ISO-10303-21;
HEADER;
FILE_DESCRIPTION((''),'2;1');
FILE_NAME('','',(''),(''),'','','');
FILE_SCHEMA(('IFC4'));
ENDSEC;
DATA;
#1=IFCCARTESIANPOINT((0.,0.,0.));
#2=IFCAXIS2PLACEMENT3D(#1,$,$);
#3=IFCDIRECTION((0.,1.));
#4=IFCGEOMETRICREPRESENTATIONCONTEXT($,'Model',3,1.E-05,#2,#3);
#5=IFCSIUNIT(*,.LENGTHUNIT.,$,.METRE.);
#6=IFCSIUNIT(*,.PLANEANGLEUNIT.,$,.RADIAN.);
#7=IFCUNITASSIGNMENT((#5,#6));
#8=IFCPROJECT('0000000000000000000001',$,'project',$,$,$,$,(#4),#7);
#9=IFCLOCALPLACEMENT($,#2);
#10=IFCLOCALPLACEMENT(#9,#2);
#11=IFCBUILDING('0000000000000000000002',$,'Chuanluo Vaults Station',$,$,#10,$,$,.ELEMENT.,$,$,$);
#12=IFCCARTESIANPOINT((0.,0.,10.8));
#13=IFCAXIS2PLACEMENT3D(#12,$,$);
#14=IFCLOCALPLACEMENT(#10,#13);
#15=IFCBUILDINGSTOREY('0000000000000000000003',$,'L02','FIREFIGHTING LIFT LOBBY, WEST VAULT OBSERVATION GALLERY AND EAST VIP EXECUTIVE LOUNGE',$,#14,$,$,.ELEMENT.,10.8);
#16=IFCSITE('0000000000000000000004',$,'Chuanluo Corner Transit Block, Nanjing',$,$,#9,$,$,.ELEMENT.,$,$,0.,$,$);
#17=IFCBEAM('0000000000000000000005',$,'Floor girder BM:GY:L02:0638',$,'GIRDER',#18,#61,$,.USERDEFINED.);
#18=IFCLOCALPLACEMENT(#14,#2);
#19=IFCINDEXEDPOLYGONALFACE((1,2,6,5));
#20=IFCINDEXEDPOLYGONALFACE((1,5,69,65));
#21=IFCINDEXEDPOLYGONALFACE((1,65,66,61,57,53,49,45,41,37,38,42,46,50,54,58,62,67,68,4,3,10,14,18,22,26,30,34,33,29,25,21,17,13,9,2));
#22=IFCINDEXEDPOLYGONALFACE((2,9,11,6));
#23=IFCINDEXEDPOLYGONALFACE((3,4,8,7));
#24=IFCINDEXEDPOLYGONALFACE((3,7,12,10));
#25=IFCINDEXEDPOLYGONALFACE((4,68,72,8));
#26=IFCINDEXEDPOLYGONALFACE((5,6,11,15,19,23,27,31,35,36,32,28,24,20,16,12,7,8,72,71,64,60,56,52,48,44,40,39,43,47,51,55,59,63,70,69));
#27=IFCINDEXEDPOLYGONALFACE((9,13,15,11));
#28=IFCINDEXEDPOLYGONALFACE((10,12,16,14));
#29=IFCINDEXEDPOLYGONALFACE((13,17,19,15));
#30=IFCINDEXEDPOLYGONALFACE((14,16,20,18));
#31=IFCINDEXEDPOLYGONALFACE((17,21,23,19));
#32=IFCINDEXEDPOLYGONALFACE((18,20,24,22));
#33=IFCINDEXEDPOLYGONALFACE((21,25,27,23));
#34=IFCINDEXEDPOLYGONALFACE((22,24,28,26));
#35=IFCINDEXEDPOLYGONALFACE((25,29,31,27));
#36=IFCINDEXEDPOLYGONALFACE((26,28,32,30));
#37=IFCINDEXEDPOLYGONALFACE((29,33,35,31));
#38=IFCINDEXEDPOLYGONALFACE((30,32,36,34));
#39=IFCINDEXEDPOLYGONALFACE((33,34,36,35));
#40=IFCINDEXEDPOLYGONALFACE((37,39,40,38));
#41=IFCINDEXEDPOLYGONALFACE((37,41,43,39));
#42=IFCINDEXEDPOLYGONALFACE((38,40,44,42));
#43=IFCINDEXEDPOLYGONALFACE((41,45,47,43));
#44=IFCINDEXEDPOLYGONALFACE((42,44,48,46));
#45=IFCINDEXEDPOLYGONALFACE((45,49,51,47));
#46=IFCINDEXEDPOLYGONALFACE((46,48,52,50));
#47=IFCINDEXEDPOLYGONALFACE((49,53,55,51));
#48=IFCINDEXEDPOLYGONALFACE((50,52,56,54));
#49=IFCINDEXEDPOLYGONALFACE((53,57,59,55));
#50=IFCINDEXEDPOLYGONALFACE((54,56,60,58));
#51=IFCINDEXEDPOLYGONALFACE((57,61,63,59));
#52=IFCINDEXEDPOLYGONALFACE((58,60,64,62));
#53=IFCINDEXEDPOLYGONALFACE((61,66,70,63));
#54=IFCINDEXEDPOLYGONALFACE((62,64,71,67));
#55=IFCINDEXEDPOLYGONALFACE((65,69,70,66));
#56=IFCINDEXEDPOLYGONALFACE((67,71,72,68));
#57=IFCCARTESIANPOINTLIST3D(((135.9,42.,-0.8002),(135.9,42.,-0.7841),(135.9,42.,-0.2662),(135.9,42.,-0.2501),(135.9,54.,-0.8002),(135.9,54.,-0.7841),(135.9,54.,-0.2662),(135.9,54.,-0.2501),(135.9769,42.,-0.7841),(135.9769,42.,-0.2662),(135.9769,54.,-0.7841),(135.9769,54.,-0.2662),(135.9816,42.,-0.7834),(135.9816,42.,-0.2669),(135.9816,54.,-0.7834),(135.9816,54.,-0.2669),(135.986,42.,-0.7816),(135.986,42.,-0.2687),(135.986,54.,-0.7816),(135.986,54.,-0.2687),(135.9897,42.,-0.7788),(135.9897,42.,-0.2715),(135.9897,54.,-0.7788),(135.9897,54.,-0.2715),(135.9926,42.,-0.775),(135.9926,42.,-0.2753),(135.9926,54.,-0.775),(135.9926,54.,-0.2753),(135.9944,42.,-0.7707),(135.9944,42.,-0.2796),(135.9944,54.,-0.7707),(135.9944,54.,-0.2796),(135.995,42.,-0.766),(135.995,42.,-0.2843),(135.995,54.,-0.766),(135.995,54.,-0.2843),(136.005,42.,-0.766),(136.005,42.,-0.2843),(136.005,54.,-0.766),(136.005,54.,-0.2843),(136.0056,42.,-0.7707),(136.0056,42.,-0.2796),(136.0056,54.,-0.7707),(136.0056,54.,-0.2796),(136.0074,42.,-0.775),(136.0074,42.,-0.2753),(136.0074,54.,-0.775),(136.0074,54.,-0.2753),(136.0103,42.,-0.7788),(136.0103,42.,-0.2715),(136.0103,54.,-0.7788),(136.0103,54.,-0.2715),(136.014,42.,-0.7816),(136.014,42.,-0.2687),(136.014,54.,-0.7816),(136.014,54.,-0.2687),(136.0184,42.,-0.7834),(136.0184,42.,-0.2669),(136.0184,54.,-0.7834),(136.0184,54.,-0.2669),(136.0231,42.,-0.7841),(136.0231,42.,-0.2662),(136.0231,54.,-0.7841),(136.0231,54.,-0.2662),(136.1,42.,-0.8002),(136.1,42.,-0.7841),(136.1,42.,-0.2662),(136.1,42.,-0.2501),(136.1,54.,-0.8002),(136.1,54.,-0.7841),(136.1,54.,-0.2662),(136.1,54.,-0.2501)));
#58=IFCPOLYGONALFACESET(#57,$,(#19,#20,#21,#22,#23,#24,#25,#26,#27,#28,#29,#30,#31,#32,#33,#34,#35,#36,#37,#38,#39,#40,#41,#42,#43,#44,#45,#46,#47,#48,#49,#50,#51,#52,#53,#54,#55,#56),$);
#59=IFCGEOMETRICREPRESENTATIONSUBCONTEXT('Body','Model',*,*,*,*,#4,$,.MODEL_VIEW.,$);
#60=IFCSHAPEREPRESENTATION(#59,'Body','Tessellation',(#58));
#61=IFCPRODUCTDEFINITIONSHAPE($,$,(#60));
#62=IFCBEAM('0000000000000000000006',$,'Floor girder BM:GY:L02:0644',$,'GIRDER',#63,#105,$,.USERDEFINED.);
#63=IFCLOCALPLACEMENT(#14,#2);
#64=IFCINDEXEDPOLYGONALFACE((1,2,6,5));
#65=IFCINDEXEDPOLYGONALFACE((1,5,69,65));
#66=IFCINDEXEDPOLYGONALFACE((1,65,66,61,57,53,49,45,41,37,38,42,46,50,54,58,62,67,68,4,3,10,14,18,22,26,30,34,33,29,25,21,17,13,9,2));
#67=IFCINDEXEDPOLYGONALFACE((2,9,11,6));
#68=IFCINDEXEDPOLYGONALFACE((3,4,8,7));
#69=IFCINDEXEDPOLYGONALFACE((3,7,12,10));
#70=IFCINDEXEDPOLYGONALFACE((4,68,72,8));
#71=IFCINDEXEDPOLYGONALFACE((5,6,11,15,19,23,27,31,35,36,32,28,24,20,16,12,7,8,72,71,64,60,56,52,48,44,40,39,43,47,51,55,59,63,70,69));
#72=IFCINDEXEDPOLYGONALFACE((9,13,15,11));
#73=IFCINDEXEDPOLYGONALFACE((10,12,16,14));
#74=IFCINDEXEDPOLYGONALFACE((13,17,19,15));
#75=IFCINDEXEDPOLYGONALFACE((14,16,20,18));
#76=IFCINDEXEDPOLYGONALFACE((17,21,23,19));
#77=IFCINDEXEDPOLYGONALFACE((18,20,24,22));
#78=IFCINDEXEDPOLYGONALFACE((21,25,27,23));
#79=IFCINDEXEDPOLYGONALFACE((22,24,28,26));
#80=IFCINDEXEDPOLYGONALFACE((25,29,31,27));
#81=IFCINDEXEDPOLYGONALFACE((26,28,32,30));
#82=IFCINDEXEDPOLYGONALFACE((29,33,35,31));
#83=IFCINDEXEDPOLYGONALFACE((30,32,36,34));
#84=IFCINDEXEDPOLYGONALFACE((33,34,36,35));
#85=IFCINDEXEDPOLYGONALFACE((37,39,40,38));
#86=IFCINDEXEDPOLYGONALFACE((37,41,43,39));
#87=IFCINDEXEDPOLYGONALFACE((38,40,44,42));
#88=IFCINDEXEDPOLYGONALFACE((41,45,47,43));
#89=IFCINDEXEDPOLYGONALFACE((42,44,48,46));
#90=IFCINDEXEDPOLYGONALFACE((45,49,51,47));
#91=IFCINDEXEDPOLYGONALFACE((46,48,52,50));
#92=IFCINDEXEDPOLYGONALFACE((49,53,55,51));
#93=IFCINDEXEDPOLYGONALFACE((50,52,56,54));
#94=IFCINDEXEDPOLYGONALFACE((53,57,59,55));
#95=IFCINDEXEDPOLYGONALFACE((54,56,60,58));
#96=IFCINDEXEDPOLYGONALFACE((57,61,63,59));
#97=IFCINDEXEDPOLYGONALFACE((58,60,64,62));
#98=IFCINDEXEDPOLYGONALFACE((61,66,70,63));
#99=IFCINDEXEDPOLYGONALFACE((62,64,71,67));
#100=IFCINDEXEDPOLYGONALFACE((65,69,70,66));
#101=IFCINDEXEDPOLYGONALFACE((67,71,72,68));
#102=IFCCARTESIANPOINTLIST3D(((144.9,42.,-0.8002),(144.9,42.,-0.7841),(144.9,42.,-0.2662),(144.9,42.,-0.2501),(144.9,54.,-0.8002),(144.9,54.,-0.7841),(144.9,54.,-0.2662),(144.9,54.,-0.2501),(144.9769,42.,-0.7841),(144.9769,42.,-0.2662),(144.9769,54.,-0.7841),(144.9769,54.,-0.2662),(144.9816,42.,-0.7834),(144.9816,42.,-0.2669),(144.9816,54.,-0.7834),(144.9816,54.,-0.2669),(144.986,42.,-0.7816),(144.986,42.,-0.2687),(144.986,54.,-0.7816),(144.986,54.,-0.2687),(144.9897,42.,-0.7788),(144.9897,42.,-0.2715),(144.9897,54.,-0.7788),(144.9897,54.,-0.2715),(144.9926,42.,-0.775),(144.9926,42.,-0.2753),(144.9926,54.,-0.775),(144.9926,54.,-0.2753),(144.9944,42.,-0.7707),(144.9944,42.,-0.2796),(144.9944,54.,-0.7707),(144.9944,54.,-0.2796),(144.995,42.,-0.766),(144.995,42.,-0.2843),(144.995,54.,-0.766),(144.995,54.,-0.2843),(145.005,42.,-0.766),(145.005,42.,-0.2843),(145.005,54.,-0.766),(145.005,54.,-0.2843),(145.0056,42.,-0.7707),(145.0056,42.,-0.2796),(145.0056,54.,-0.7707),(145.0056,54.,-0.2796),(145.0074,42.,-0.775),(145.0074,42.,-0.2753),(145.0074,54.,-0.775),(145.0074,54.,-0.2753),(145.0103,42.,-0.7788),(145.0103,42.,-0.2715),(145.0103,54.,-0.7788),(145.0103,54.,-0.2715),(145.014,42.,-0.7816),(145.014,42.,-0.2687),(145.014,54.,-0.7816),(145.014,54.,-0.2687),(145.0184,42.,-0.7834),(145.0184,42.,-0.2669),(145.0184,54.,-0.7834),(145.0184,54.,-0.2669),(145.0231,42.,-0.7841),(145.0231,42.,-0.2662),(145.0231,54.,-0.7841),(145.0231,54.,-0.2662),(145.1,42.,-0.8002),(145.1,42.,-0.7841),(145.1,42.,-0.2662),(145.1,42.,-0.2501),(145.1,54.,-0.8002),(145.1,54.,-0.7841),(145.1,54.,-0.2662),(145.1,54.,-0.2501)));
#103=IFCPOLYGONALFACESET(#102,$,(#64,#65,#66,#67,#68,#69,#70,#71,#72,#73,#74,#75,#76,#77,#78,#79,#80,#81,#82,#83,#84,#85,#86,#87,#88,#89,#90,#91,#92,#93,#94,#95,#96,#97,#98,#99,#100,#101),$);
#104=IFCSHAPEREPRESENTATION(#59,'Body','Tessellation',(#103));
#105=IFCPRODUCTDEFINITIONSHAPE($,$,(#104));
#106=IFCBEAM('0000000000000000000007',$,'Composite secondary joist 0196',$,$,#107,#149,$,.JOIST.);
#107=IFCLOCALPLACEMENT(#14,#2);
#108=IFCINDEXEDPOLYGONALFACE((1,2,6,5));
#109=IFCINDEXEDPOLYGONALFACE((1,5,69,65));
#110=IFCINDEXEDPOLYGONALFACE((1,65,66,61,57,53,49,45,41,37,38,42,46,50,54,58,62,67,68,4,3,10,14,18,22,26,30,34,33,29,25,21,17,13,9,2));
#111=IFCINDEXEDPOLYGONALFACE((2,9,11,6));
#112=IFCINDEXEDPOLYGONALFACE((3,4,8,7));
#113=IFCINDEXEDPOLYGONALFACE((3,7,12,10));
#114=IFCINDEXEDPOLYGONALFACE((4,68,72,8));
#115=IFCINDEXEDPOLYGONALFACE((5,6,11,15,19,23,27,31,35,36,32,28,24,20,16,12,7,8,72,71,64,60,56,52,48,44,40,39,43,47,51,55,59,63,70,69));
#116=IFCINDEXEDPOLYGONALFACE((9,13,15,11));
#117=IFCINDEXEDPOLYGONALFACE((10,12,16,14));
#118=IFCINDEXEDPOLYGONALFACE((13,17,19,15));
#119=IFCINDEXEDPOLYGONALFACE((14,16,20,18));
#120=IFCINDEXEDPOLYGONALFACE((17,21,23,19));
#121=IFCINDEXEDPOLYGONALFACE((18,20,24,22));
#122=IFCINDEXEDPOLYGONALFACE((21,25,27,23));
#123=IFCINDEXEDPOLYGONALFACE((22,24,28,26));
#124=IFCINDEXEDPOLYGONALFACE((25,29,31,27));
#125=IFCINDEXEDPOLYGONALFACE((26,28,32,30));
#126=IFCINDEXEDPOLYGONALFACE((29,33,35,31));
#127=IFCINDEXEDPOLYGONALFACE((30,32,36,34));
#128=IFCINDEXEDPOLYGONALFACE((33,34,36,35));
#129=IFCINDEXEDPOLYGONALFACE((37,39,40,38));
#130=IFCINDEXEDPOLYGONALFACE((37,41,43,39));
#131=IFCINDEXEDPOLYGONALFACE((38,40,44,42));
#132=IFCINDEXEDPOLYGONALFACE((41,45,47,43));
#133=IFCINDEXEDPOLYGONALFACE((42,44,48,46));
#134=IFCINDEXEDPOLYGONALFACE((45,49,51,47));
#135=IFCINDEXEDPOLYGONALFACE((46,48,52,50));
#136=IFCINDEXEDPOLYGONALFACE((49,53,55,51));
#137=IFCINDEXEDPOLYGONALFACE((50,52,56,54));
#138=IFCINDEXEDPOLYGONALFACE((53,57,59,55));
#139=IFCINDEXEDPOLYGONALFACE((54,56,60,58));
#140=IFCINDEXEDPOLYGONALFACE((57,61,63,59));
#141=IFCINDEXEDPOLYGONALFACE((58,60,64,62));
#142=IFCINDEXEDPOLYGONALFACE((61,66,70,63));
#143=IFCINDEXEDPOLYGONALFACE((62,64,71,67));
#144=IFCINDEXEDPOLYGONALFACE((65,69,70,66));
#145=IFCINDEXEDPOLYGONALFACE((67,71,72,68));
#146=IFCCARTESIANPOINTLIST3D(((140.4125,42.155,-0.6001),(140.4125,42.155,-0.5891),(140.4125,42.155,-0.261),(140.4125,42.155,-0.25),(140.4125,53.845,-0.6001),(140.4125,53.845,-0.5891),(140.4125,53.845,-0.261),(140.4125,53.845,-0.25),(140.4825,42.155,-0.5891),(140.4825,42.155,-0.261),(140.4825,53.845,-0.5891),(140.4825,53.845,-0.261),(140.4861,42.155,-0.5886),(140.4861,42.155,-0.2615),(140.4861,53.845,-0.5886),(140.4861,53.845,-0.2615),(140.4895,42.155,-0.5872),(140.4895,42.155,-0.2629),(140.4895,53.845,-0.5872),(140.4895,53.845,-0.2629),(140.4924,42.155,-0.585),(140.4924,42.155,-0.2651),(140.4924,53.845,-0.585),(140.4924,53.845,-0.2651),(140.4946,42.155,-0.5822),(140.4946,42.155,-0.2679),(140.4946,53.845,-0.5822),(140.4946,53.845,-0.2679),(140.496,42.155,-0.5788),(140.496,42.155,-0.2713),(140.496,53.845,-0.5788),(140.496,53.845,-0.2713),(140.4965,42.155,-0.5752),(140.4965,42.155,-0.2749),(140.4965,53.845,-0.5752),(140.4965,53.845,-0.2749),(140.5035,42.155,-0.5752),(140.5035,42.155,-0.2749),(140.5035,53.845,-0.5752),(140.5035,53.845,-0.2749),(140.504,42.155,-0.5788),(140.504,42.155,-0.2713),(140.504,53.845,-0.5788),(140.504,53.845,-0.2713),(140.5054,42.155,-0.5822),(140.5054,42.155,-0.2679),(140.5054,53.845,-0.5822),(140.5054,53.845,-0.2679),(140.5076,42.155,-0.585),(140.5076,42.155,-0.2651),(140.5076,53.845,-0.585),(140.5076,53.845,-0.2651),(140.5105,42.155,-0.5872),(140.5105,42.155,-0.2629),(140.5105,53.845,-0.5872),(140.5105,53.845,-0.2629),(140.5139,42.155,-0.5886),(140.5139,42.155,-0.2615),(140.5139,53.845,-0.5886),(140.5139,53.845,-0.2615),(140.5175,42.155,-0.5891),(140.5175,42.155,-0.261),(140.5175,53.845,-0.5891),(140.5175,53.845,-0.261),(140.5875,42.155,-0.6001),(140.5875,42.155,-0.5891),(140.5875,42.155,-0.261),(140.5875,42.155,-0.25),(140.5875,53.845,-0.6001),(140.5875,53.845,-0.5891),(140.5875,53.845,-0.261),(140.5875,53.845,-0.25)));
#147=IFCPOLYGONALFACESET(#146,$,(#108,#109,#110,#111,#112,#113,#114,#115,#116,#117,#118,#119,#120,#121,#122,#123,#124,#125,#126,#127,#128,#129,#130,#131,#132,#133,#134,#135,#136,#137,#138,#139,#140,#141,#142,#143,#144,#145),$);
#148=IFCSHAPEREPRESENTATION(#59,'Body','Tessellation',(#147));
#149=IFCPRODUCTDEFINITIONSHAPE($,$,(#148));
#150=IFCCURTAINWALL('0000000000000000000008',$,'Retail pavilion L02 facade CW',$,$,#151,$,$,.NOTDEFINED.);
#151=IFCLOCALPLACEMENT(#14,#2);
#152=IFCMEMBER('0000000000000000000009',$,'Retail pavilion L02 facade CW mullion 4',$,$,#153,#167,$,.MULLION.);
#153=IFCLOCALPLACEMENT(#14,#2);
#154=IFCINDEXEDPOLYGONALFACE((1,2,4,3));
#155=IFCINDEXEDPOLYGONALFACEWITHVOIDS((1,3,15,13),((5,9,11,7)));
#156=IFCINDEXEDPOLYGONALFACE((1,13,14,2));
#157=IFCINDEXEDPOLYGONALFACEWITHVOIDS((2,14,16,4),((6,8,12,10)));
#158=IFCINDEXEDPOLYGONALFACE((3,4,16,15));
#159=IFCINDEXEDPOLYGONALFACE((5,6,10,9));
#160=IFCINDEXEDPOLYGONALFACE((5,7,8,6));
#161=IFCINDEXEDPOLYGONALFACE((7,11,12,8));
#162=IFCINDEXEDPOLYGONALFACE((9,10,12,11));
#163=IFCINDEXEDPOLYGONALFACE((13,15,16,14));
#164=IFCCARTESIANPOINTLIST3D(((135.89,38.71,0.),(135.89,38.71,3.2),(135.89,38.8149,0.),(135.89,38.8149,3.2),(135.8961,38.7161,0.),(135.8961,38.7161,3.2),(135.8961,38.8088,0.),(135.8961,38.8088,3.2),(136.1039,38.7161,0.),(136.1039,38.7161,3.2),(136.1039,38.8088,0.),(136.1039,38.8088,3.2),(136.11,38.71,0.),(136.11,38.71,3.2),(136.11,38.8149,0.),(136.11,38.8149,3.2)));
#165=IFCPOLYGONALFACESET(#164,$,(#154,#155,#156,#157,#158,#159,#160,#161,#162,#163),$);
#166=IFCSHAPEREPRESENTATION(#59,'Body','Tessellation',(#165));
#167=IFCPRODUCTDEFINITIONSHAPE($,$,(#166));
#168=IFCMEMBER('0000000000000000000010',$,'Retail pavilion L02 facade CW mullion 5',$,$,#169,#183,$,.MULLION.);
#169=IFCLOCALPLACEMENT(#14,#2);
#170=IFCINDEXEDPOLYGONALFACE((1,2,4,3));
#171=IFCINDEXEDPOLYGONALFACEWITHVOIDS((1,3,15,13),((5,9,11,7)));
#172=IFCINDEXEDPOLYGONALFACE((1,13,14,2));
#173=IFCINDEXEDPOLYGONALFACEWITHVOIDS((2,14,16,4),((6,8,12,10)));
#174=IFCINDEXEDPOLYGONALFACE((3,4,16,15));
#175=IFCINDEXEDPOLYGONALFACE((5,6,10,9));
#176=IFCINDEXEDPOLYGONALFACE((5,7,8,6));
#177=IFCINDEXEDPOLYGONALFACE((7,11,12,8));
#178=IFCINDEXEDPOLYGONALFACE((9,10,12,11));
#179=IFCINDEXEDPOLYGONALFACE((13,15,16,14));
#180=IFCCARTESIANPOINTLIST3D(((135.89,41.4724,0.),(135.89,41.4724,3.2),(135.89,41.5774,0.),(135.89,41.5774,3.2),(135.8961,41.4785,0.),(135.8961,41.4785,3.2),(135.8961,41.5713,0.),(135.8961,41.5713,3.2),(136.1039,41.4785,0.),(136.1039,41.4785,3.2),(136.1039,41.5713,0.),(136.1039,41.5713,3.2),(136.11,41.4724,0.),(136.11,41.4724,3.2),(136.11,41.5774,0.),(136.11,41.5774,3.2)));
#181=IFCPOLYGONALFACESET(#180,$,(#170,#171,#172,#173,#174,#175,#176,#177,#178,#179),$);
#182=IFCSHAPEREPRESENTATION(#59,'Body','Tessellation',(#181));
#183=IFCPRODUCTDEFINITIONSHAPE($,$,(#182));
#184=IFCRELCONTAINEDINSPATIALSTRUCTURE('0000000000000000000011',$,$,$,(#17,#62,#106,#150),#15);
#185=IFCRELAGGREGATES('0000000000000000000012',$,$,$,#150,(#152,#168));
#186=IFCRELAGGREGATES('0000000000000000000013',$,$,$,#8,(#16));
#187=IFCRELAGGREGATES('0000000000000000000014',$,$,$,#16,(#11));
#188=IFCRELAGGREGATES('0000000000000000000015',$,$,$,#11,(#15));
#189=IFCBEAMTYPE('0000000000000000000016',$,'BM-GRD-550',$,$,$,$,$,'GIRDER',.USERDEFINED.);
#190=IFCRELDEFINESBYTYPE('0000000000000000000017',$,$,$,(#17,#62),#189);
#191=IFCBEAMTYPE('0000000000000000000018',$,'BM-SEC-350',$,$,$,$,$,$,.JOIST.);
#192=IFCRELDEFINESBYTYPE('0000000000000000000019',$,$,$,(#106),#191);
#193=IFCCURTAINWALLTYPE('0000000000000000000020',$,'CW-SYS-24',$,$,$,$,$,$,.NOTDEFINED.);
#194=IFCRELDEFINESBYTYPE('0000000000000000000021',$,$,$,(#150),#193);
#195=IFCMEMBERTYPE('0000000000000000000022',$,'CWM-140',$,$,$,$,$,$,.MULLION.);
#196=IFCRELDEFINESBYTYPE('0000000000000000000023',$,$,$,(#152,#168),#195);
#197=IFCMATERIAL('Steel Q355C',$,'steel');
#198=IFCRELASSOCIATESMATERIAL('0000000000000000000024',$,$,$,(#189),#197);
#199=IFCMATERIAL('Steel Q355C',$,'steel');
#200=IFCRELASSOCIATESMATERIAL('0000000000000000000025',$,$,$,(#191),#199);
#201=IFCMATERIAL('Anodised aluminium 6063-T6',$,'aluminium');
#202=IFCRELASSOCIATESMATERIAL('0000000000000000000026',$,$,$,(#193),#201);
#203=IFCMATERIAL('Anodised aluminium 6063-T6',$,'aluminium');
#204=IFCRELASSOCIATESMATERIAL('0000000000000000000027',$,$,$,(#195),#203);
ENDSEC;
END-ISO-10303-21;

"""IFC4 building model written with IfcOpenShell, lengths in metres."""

from ifc_helpers import new_model, si_unit, direction, frame, origin, origin_2d, place, context, subcontext, project, spatial, hollow_rectangle, i_section, extrude, material, material_profile, profile_set, type_object, element, aggregate, save


model = new_model("IFC4")

# Units and contexts
model_context = context("Model", 3, precision=1e-05, world=origin(), true_north=direction((0.0, 1.0)))
body_context = subcontext(model_context, "Body", "Model", "MODEL_VIEW")
ifc_project = project(units=[si_unit("LENGTHUNIT", "METRE"), si_unit("PLANEANGLEUNIT", "RADIAN")], contexts=[model_context])

# Site, building, storey
site_placement = place(None, origin())
site = spatial("IfcSite", under=ifc_project, at=site_placement, Name="Chuanluo Corner Transit Block, Nanjing", CompositionType="ELEMENT", RefElevation=0.0)
building_placement = place(site_placement, origin())
building = spatial("IfcBuilding", under=site, at=building_placement, Name="Chuanluo Vaults Station", CompositionType="ELEMENT")
storey_placement = place(building_placement, frame((0.0, 0.0, 10.8)))
storey = spatial("IfcBuildingStorey", under=building, at=storey_placement, Name="L02", Description="FIREFIGHTING LIFT LOBBY, WEST VAULT OBSERVATION GALLERY AND EAST VIP EXECUTIVE LOUNGE", CompositionType="ELEMENT", Elevation=10.8)

# Beams
ifc_material_1 = material(Name="Steel Q355C", Category="steel")
ifc_material_profile_1 = material_profile(ifc_material_1, i_section(OverallWidth=0.2, OverallDepth=0.55, WebThickness=0.01, FlangeThickness=0.0161, FilletRadius=0.0181, at=origin_2d()))
ifc_profile_set_1 = profile_set([ifc_material_profile_1], Name="Steel Q355C")
beam_type_1 = type_object("IfcBeamType", Name="BM-GRD-550", ElementType="GIRDER", PredefinedType="USERDEFINED", material=ifc_profile_set_1)
for number, where, z_axis, x_axis, name in (
    (1, (136.0, 42.0, -0.5251), (0.0, 1.0, 0.0), (-1.0, 0.0, 0.0), "Floor girder BM:GY:L02:0638"),
    (2, (145.0, 42.0, -0.5251), (0.0, 1.0, 0.0), (-1.0, 0.0, 0.0), "Floor girder BM:GY:L02:0644"),
):
    element("IfcBeam", number, at=place(storey_placement, frame(where, z_axis=z_axis, x_axis=x_axis)), inside=storey, type_object=beam_type_1, Name=name, ObjectType="GIRDER", PredefinedType="USERDEFINED", context=body_context, shape_type="SweptSolid", body=[
        extrude(i_section(OverallWidth=0.2, OverallDepth=0.55, WebThickness=0.01, FlangeThickness=0.0161, FilletRadius=0.0181, at=origin_2d()), origin(), (0.0, 0.0, 1.0), 12.0),
    ])
ifc_material_2 = material(Name="Steel Q355C", Category="steel")
ifc_material_profile_2 = material_profile(ifc_material_2, i_section(OverallWidth=0.175, OverallDepth=0.3501, WebThickness=0.0071, FlangeThickness=0.011, FilletRadius=0.0139, at=origin_2d()))
ifc_profile_set_2 = profile_set([ifc_material_profile_2], Name="Steel Q355C")
beam_type_2 = type_object("IfcBeamType", Name="BM-SEC-350", PredefinedType="JOIST", material=ifc_profile_set_2)
beam_placement = place(storey_placement, frame((140.5, 42.155, -0.425), z_axis=(0.0, 1.0, 0.0), x_axis=(-1.0, 0.0, 0.0)))
element("IfcBeam", 3, at=beam_placement, inside=storey, type_object=beam_type_2, Name="Composite secondary joist 0196", PredefinedType="JOIST", context=body_context, shape_type="SweptSolid", body=[
    extrude(i_section(OverallWidth=0.175, OverallDepth=0.3501, WebThickness=0.0071, FlangeThickness=0.011, FilletRadius=0.0139, at=origin_2d()), origin(), (0.0, 0.0, 1.0), 11.6899),
])

# Curtain wall, members
ifc_material_3 = material(Name="Anodised aluminium 6063-T6", Category="aluminium")
curtain_wall_type = type_object("IfcCurtainWallType", Name="CW-SYS-24", PredefinedType="NOTDEFINED", material=ifc_material_3)
curtain_wall_placement = place(storey_placement, origin())
curtain_wall = element("IfcCurtainWall", 4, at=curtain_wall_placement, inside=storey, type_object=curtain_wall_type, Name="Retail pavilion L02 facade CW", PredefinedType="NOTDEFINED")
ifc_material_4 = material(Name="Anodised aluminium 6063-T6", Category="aluminium")
ifc_material_profile_3 = material_profile(ifc_material_4, hollow_rectangle(XDim=0.105, YDim=0.22, WallThickness=0.0061, at=origin_2d()))
ifc_profile_set_3 = profile_set([ifc_material_profile_3], Name="Anodised aluminium 6063-T6")
member_type_1 = type_object("IfcMemberType", Name="CWM-140", PredefinedType="MULLION", material=ifc_profile_set_3)
member_1_placement = place(storey_placement, frame((136.0, 38.7625, 0.0), z_axis=(0.0, 0.0, 1.0), x_axis=(0.0, 1.0, 0.0)))
member_1 = element("IfcMember", 5, at=member_1_placement, type_object=member_type_1, Name="Retail pavilion L02 facade CW mullion 4", PredefinedType="MULLION", context=body_context, shape_type="SweptSolid", body=[
    extrude(hollow_rectangle(XDim=0.105, YDim=0.22, WallThickness=0.0061, at=origin_2d()), origin(), (0.0, 0.0, 1.0), 3.2),
])
member_2_placement = place(storey_placement, frame((136.0, 41.5249, 0.0), z_axis=(0.0, 0.0, 1.0), x_axis=(0.0, 1.0, 0.0)))
member_2 = element("IfcMember", 6, at=member_2_placement, type_object=member_type_1, Name="Retail pavilion L02 facade CW mullion 5", PredefinedType="MULLION", context=body_context, shape_type="SweptSolid", body=[
    extrude(hollow_rectangle(XDim=0.105, YDim=0.22, WallThickness=0.0061, at=origin_2d()), origin(), (0.0, 0.0, 1.0), 3.2),
])
aggregate(curtain_wall, [member_1, member_2])

save(model, "model.ifc")
